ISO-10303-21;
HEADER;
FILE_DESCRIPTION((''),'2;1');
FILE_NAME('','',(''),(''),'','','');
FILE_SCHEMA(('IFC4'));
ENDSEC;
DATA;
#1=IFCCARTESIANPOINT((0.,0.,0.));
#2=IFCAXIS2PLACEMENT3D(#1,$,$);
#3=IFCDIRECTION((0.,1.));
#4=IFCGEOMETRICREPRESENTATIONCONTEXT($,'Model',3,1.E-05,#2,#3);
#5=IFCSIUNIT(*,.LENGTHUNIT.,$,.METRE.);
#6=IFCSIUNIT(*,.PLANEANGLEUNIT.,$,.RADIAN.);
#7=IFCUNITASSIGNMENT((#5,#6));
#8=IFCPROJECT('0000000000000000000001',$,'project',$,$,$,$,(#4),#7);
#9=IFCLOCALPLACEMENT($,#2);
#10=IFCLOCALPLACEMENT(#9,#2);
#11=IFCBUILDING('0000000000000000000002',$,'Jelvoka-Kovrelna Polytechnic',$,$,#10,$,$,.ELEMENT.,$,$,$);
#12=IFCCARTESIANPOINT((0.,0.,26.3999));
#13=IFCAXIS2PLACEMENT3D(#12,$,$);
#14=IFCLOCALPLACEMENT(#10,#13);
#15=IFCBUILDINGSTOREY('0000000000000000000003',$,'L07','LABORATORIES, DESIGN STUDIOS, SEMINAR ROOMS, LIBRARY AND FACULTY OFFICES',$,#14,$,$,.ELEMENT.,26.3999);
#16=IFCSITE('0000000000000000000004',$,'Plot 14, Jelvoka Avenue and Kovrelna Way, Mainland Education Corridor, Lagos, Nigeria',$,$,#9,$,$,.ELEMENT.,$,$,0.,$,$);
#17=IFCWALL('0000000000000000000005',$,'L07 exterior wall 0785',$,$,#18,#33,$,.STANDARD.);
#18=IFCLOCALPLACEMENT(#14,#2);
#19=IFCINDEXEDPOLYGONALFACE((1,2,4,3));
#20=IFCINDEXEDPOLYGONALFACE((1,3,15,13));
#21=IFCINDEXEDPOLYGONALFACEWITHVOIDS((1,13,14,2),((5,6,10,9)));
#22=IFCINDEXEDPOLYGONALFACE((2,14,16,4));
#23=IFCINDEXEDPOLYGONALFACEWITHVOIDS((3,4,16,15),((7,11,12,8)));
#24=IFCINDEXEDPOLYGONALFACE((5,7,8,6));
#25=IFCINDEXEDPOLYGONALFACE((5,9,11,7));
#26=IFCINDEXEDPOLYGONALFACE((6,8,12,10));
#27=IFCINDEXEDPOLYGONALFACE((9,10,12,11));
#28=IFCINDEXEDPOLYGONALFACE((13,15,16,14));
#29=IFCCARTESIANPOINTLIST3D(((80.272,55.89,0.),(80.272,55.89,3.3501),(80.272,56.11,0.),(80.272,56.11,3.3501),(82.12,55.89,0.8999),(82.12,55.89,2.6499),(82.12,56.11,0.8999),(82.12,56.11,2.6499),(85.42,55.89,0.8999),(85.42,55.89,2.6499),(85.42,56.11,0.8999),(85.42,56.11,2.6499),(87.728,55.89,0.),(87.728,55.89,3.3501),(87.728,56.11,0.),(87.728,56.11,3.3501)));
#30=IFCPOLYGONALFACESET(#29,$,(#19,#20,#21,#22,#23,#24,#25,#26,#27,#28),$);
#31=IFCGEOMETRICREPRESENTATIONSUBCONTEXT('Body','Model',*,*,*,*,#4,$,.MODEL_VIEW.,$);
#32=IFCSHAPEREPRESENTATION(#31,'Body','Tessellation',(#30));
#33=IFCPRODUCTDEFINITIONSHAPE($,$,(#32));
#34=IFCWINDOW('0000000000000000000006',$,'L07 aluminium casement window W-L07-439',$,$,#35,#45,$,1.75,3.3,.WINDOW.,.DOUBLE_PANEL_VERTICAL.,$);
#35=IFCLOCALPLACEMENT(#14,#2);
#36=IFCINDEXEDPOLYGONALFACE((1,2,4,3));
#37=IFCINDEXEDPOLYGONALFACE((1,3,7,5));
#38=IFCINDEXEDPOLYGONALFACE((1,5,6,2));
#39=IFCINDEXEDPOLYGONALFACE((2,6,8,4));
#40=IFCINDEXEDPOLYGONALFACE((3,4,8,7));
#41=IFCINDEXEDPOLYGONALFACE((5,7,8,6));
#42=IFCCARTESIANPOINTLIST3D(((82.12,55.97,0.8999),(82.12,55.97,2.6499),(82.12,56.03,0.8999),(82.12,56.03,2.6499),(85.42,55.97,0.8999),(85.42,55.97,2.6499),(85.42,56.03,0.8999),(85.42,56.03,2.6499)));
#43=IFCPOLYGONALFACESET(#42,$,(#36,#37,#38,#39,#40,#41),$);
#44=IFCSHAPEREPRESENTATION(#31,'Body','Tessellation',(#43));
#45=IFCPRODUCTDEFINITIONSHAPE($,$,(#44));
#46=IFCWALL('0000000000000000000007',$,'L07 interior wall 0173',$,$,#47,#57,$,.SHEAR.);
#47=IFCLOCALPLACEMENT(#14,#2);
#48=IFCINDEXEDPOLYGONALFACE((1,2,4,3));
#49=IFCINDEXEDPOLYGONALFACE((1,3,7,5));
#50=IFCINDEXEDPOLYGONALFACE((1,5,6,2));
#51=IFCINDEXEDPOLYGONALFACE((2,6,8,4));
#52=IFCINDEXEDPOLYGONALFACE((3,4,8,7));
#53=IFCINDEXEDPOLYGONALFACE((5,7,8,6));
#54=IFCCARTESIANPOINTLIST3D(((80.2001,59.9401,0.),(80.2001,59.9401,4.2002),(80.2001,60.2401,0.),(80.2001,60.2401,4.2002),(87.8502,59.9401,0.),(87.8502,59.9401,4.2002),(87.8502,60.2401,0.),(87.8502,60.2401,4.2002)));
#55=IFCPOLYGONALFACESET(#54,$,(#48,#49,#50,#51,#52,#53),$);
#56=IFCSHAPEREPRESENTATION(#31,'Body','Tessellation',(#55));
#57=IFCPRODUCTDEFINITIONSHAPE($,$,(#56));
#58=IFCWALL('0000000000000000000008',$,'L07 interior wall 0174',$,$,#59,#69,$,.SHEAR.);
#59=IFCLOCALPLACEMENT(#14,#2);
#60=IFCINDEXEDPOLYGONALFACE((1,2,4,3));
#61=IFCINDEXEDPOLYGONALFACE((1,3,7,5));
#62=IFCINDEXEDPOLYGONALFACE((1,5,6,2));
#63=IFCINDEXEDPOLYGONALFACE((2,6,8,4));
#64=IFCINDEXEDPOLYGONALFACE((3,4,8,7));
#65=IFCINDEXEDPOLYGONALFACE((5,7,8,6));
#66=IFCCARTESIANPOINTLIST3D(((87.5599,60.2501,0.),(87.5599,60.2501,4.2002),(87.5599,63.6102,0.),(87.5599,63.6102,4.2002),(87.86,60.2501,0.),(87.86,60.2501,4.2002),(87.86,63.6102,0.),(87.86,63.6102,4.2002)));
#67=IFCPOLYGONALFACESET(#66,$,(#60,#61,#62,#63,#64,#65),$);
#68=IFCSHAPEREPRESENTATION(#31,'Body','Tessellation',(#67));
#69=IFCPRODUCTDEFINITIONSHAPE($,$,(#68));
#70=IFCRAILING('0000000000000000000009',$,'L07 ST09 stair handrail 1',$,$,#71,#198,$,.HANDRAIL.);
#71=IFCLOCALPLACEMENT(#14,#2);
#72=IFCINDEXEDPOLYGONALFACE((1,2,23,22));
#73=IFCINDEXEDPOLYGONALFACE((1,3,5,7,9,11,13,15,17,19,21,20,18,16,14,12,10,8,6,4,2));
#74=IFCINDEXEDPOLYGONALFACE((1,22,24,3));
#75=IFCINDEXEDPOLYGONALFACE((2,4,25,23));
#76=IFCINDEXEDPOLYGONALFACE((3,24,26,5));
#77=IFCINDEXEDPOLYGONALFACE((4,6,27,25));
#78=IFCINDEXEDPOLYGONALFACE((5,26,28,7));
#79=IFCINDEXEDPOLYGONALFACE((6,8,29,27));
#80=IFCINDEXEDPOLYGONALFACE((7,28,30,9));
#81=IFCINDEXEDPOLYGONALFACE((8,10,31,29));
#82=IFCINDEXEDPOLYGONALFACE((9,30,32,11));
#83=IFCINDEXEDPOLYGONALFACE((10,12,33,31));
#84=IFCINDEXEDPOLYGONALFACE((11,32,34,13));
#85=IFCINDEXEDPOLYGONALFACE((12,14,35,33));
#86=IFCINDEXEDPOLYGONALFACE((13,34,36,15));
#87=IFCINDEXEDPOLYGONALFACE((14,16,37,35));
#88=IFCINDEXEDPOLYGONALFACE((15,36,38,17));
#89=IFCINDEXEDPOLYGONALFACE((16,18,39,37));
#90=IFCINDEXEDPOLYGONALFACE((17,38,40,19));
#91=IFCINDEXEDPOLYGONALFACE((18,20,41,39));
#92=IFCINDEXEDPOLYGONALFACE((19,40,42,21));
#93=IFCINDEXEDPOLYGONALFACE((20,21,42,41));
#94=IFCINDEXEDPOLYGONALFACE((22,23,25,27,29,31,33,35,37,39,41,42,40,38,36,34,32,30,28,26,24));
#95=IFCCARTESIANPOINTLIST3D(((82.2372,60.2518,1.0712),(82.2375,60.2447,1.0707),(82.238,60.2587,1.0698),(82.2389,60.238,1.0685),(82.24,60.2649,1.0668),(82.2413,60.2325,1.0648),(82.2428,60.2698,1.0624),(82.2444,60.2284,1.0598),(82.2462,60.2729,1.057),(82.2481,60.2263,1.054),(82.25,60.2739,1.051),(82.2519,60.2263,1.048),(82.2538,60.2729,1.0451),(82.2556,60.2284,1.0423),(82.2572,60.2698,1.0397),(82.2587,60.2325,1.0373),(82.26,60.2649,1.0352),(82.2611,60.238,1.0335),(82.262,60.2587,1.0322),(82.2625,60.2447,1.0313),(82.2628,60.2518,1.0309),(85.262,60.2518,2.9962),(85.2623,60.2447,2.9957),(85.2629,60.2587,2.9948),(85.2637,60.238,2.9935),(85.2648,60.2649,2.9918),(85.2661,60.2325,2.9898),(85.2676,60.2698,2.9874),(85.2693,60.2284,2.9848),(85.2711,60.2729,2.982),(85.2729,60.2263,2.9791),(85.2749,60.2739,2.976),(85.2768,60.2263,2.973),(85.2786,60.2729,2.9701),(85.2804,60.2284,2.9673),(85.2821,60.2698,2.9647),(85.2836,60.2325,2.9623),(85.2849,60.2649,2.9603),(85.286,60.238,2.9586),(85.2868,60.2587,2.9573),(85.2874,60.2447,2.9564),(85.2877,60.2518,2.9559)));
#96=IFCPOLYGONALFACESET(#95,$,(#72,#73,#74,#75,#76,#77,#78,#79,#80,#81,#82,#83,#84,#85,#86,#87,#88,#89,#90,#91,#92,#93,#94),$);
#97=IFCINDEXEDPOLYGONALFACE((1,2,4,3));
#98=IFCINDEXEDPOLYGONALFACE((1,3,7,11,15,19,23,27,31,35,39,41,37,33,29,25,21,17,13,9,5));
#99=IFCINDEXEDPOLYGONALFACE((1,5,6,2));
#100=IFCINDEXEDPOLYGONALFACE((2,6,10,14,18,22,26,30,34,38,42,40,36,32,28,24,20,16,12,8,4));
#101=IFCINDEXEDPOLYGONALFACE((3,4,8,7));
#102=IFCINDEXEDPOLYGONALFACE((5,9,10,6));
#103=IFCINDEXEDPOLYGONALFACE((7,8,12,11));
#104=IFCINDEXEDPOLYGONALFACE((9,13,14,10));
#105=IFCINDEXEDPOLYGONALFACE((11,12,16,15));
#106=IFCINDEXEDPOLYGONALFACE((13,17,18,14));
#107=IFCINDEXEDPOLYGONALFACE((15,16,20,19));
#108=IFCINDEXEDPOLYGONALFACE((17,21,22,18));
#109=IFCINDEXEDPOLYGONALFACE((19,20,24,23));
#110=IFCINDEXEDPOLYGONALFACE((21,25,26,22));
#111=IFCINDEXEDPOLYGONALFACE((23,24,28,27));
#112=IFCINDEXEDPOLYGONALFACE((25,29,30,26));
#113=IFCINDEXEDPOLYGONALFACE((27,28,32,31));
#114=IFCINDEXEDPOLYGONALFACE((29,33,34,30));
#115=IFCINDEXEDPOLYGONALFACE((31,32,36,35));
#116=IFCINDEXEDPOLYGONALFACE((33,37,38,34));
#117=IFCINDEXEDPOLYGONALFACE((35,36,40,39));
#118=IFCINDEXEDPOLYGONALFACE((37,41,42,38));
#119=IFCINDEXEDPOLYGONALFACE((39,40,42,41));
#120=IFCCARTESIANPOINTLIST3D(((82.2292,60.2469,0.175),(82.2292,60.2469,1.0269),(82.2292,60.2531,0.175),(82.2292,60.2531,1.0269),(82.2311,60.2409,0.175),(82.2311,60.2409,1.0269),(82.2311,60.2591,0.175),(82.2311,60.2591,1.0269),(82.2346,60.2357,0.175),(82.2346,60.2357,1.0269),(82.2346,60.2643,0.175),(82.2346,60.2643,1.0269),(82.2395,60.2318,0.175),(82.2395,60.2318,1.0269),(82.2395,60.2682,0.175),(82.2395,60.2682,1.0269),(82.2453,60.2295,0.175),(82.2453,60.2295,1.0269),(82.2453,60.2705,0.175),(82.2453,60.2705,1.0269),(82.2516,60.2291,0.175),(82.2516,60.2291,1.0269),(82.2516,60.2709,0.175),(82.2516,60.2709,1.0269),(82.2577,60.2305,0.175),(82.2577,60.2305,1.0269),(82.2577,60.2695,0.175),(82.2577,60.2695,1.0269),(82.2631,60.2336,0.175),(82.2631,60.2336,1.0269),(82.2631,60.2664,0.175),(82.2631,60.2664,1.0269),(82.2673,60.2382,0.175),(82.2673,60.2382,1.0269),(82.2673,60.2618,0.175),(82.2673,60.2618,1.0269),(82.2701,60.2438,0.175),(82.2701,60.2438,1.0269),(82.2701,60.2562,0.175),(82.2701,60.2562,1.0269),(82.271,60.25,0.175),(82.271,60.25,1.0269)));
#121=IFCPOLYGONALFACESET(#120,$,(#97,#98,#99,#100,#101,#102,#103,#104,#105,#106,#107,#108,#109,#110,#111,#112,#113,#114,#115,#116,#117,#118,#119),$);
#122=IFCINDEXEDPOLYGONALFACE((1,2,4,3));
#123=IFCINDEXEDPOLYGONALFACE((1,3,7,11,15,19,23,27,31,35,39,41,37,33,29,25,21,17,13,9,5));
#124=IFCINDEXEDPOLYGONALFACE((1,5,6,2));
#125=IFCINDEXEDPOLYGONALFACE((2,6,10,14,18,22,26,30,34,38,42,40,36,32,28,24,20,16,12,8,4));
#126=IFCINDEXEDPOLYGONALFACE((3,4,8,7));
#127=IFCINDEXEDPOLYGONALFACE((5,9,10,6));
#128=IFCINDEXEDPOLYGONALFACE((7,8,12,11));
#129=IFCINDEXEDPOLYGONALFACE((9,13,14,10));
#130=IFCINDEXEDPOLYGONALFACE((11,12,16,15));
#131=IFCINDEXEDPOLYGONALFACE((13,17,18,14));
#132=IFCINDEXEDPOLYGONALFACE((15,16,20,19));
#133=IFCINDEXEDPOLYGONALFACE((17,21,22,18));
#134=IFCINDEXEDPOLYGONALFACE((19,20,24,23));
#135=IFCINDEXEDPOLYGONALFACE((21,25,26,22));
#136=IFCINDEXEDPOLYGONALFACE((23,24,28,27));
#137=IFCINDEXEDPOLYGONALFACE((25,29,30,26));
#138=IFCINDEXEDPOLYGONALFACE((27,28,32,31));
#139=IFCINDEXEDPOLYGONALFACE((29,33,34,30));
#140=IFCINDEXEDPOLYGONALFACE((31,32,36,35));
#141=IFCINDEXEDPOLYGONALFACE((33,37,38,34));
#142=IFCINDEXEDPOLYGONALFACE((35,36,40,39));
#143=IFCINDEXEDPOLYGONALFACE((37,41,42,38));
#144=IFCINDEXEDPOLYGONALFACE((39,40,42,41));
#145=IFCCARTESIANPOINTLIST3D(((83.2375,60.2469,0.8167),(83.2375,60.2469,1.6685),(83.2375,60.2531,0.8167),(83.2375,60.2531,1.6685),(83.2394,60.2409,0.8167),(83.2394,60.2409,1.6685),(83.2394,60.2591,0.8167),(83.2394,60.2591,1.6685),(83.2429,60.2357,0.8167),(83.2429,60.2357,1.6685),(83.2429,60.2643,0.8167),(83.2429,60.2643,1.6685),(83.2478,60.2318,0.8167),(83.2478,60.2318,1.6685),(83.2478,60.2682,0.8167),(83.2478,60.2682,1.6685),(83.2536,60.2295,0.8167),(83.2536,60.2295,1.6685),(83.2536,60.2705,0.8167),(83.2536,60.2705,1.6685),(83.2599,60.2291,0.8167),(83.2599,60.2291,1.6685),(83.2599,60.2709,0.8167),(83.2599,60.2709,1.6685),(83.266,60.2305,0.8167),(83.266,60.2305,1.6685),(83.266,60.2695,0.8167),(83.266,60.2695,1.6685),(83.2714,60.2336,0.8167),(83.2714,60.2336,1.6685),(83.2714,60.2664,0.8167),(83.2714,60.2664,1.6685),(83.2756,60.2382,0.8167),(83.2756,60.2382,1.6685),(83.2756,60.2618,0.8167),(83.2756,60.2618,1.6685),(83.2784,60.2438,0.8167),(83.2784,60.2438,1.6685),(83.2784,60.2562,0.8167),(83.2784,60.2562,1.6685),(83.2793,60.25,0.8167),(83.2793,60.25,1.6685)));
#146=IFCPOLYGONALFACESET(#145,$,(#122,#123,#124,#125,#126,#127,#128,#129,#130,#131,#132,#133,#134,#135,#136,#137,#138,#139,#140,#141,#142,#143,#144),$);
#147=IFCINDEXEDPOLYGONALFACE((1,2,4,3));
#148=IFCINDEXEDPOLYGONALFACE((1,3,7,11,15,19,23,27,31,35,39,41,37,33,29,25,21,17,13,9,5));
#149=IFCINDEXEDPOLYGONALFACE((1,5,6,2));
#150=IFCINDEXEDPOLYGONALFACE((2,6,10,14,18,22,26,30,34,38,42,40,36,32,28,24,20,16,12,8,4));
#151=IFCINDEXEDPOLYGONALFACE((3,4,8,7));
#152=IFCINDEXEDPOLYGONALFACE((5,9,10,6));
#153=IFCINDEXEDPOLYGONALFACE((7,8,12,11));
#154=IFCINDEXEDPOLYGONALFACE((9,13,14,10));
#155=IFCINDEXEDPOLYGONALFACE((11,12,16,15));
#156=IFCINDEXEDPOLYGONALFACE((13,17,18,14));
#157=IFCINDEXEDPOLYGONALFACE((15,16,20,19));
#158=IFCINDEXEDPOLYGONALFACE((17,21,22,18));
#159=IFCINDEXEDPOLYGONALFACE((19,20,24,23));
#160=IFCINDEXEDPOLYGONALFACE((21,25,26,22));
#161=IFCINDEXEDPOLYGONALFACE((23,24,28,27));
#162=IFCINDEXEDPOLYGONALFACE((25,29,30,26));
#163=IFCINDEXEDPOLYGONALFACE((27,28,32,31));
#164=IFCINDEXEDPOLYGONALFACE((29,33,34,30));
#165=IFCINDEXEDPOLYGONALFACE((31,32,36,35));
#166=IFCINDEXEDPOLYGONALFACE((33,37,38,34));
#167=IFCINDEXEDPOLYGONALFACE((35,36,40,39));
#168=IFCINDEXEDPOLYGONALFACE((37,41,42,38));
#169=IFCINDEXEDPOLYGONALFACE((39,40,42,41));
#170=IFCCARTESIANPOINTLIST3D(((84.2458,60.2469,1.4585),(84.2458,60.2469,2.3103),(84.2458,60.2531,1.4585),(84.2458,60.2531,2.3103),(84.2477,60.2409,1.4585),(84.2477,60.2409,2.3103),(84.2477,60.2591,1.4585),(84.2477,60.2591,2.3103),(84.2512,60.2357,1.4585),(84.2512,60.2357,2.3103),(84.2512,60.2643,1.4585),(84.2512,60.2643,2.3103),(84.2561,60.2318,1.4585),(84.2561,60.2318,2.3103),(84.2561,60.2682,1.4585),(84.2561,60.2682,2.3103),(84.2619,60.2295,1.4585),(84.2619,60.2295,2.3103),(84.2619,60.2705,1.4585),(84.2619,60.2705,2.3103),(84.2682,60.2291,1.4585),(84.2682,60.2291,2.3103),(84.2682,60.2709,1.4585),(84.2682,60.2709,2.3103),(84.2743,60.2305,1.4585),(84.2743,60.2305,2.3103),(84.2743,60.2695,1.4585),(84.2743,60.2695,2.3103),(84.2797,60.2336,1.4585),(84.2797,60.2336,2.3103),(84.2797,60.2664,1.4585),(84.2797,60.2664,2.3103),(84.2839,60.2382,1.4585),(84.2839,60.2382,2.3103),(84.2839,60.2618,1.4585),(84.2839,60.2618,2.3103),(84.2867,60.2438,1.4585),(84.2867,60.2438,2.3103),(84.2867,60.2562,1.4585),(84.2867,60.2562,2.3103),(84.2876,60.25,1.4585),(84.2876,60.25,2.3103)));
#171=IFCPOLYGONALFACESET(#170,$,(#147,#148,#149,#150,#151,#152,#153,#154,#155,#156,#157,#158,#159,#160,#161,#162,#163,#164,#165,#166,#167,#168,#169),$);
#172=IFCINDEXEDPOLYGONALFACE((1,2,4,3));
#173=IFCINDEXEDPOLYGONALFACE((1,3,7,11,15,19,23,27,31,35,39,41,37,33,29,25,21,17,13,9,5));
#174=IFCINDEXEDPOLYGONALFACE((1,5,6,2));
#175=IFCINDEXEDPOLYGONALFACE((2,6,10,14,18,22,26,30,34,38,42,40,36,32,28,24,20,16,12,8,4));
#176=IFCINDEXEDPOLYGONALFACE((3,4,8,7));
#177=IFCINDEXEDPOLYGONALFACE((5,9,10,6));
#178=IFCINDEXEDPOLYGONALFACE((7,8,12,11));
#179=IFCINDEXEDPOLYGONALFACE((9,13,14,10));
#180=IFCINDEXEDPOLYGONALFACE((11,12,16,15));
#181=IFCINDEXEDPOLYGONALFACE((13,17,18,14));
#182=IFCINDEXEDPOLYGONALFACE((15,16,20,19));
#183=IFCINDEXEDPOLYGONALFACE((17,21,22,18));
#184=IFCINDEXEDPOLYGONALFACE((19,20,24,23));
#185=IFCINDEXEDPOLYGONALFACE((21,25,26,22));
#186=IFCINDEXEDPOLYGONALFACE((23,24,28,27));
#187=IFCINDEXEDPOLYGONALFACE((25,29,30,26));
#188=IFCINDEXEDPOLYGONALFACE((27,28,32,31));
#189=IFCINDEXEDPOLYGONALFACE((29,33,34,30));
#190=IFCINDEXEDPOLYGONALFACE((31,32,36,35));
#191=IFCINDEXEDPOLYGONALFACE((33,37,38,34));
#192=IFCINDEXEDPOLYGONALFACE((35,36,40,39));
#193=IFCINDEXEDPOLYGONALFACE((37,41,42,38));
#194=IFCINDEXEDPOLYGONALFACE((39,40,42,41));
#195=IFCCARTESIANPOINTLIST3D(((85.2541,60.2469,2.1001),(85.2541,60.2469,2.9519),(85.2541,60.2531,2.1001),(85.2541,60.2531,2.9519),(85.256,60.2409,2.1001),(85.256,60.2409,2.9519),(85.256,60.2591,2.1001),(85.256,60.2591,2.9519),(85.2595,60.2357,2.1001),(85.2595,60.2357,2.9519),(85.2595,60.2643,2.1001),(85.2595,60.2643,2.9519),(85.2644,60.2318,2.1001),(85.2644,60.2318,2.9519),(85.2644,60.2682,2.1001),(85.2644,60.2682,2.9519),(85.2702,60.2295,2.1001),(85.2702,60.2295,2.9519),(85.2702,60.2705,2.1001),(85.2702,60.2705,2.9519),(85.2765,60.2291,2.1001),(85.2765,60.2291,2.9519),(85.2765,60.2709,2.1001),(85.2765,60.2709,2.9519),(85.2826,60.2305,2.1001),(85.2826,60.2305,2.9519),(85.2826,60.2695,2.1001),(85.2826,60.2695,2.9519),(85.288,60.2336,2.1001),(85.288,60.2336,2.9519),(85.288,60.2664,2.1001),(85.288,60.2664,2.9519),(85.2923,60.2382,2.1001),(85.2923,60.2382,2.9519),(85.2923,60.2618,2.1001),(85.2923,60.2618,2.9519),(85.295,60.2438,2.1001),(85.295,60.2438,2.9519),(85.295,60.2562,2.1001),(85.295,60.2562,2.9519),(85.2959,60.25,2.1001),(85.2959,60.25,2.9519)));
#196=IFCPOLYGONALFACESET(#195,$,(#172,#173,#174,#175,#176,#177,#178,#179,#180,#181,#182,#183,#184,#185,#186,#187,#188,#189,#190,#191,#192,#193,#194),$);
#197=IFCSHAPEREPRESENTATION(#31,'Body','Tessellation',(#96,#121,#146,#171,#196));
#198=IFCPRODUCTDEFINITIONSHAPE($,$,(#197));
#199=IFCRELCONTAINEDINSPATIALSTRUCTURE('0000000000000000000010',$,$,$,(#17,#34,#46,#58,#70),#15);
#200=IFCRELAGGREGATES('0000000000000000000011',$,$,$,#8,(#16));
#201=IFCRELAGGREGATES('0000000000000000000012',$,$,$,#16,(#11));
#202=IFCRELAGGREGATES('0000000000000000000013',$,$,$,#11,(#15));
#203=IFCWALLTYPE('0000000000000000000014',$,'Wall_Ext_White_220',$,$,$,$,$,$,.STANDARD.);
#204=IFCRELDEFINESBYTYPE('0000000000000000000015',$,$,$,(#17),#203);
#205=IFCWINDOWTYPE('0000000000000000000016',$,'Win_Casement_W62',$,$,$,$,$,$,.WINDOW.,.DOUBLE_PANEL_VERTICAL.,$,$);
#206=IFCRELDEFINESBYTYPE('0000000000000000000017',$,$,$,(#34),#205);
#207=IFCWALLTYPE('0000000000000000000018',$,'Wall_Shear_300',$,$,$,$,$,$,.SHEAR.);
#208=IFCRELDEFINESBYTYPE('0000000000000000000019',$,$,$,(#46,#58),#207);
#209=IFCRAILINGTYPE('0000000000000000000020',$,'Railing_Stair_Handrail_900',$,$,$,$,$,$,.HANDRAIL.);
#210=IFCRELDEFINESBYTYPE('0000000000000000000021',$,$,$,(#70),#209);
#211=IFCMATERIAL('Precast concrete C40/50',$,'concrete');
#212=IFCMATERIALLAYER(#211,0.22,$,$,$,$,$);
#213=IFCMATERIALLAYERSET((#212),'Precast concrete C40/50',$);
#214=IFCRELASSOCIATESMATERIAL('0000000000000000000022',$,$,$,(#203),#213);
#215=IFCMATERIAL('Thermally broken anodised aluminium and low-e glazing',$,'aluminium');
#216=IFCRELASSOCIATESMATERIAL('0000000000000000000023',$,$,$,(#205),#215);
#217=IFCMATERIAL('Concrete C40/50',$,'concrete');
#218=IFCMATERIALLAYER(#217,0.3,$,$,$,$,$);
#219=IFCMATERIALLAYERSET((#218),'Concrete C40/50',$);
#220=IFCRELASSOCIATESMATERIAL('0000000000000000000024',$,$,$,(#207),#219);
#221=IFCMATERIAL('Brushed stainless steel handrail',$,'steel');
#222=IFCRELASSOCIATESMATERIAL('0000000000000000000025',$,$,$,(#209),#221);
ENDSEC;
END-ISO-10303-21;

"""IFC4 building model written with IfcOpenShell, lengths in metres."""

from ifc_helpers import new_model, si_unit, direction, frame, frame_2d, origin, origin_2d, place, context, subcontext, project, spatial, rectangle, circle, extrude, material, layer, layer_set, type_object, element, fill, save


model = new_model("IFC4")

# Units and contexts
model_context = context("Model", 3, precision=1e-05, world=origin(), true_north=direction((0.0, 1.0)))
body_context = subcontext(model_context, "Body", "Model", "MODEL_VIEW")
ifc_project = project(units=[si_unit("LENGTHUNIT", "METRE"), si_unit("PLANEANGLEUNIT", "RADIAN")], contexts=[model_context])

# Site, building, storey
site_placement = place(None, origin())
site = spatial("IfcSite", under=ifc_project, at=site_placement, Name="Plot 14, Jelvoka Avenue and Kovrelna Way, Mainland Education Corridor, Lagos, Nigeria", CompositionType="ELEMENT", RefElevation=0.0)
building_placement = place(site_placement, origin())
building = spatial("IfcBuilding", under=site, at=building_placement, Name="Jelvoka-Kovrelna Polytechnic", CompositionType="ELEMENT")
storey_placement = place(building_placement, frame((0.0, 0.0, 26.3999)))
storey = spatial("IfcBuildingStorey", under=building, at=storey_placement, Name="L07", Description="LABORATORIES, DESIGN STUDIOS, SEMINAR ROOMS, LIBRARY AND FACULTY OFFICES", CompositionType="ELEMENT", Elevation=26.3999)

# Wall, opening, window
ifc_material_1 = material(Name="Precast concrete C40/50", Category="concrete")
ifc_layer_1 = layer(ifc_material_1, 0.22)
ifc_layer_set_1 = layer_set([ifc_layer_1], Name="Precast concrete C40/50")
wall_type_1 = type_object("IfcWallType", Name="Wall_Ext_White_220", PredefinedType="STANDARD", material=ifc_layer_set_1)
wall_1_placement = place(storey_placement, frame((87.728, 56.0, 0.0), z_axis=(0.0, 0.0, 1.0), x_axis=(-1.0, 0.0, 0.0)))
wall_1 = element("IfcWall", 1, at=wall_1_placement, inside=storey, type_object=wall_type_1, Name="L07 exterior wall 0785", PredefinedType="STANDARD", context=body_context, shape_type="SweptSolid", body=[
    extrude(rectangle(XDim=7.4561, YDim=0.22, at=frame_2d((3.728, 0.0))), origin(), (0.0, 0.0, 1.0), 3.3501),
])
opening_1_placement = place(wall_1_placement, frame((2.3081, 0.0, 0.8999)))
opening_1 = element("IfcOpeningElement", 2, at=opening_1_placement, cuts=wall_1, PredefinedType="OPENING", context=body_context, shape_type="SweptSolid", body=[
    extrude(rectangle(XDim=3.3, YDim=1.75, at=frame_2d((1.6499, 0.875))), frame((0.0, 0.1199, 0.0), z_axis=(0.0, -1.0, 0.0), x_axis=(1.0, 0.0, 0.0)), (0.0, 0.0, 1.0), 0.24),
])
ifc_material_2 = material(Name="Thermally broken anodised aluminium and low-e glazing", Category="aluminium")
window_type = type_object("IfcWindowType", Name="Win_Casement_W62", PartitioningType="DOUBLE_PANEL_VERTICAL", PredefinedType="WINDOW", material=ifc_material_2)
window_placement = place(opening_1_placement, origin())
window = element("IfcWindow", 3, at=window_placement, inside=storey, type_object=window_type, Name="L07 aluminium casement window W-L07-439", OverallHeight=1.75, OverallWidth=3.3, PartitioningType="DOUBLE_PANEL_VERTICAL", PredefinedType="WINDOW", context=body_context, shape_type="SweptSolid", body=[
    extrude(rectangle(XDim=3.3, YDim=1.75, at=frame_2d((1.6499, 0.875))), frame((0.0, 0.03, 0.0), z_axis=(0.0, -1.0, 0.0), x_axis=(1.0, 0.0, 0.0)), (0.0, 0.0, 1.0), 0.0601),
])
fill(opening_1, window)

# Walls
ifc_material_3 = material(Name="Concrete C40/50", Category="concrete")
ifc_layer_2 = layer(ifc_material_3, 0.3)
ifc_layer_set_2 = layer_set([ifc_layer_2], Name="Concrete C40/50")
wall_type_2 = type_object("IfcWallType", Name="Wall_Shear_300", PredefinedType="SHEAR", material=ifc_layer_set_2)
wall_2_placement = place(storey_placement, frame((80.2, 60.0901, 0.0), z_axis=(0.0, 0.0, 1.0), x_axis=(1.0, 0.0, 0.0)))
element("IfcWall", 4, at=wall_2_placement, inside=storey, type_object=wall_type_2, Name="L07 interior wall 0173", PredefinedType="SHEAR", context=body_context, shape_type="SweptSolid", body=[
    extrude(rectangle(XDim=7.6501, YDim=0.3, at=frame_2d((3.8252, 0.0))), origin(), (0.0, 0.0, 1.0), 4.2002),
])
wall_3_placement = place(storey_placement, frame((87.71, 60.25, 0.0), z_axis=(0.0, 0.0, 1.0), x_axis=(0.0, 1.0, 0.0)))
element("IfcWall", 5, at=wall_3_placement, inside=storey, type_object=wall_type_2, Name="L07 interior wall 0174", PredefinedType="SHEAR", context=body_context, shape_type="SweptSolid", body=[
    extrude(rectangle(XDim=3.3601, YDim=0.3, at=frame_2d((1.6802, 0.0))), origin(), (0.0, 0.0, 1.0), 4.2002),
])

# Railing
ifc_material_4 = material(Name="Brushed stainless steel handrail", Category="steel")
railing_type = type_object("IfcRailingType", Name="Railing_Stair_Handrail_900", PredefinedType="HANDRAIL", material=ifc_material_4)
railing_placement = place(storey_placement, frame((82.25, 60.25, 0.175)))
element("IfcRailing", 6, at=railing_placement, inside=storey, type_object=railing_type, Name="L07 ST09 stair handrail 1", PredefinedType="HANDRAIL", context=body_context, shape_type="SweptSolid", body=[
    extrude(circle(Radius=0.0239, at=origin_2d()), frame((0.0, 0.0, 0.876), z_axis=(0.843647, 0.0, 0.536898), x_axis=(0.0, 1.0, 0.0)), (0.0, 0.0, 1.0), 3.5854),
    extrude(circle(Radius=0.021, at=origin_2d()), origin(), (0.0, 0.0, 1.0), 0.8518),
    extrude(circle(Radius=0.021, at=origin_2d()), frame((1.0083, 0.0, 0.6416)), (0.0, 0.0, 1.0), 0.8518),
    extrude(circle(Radius=0.021, at=origin_2d()), frame((2.0166, 0.0, 1.2834)), (0.0, 0.0, 1.0), 0.8518),
    extrude(circle(Radius=0.021, at=origin_2d()), frame((3.0249, 0.0, 1.925)), (0.0, 0.0, 1.0), 0.8518),
])

save(model, "model.ifc")
